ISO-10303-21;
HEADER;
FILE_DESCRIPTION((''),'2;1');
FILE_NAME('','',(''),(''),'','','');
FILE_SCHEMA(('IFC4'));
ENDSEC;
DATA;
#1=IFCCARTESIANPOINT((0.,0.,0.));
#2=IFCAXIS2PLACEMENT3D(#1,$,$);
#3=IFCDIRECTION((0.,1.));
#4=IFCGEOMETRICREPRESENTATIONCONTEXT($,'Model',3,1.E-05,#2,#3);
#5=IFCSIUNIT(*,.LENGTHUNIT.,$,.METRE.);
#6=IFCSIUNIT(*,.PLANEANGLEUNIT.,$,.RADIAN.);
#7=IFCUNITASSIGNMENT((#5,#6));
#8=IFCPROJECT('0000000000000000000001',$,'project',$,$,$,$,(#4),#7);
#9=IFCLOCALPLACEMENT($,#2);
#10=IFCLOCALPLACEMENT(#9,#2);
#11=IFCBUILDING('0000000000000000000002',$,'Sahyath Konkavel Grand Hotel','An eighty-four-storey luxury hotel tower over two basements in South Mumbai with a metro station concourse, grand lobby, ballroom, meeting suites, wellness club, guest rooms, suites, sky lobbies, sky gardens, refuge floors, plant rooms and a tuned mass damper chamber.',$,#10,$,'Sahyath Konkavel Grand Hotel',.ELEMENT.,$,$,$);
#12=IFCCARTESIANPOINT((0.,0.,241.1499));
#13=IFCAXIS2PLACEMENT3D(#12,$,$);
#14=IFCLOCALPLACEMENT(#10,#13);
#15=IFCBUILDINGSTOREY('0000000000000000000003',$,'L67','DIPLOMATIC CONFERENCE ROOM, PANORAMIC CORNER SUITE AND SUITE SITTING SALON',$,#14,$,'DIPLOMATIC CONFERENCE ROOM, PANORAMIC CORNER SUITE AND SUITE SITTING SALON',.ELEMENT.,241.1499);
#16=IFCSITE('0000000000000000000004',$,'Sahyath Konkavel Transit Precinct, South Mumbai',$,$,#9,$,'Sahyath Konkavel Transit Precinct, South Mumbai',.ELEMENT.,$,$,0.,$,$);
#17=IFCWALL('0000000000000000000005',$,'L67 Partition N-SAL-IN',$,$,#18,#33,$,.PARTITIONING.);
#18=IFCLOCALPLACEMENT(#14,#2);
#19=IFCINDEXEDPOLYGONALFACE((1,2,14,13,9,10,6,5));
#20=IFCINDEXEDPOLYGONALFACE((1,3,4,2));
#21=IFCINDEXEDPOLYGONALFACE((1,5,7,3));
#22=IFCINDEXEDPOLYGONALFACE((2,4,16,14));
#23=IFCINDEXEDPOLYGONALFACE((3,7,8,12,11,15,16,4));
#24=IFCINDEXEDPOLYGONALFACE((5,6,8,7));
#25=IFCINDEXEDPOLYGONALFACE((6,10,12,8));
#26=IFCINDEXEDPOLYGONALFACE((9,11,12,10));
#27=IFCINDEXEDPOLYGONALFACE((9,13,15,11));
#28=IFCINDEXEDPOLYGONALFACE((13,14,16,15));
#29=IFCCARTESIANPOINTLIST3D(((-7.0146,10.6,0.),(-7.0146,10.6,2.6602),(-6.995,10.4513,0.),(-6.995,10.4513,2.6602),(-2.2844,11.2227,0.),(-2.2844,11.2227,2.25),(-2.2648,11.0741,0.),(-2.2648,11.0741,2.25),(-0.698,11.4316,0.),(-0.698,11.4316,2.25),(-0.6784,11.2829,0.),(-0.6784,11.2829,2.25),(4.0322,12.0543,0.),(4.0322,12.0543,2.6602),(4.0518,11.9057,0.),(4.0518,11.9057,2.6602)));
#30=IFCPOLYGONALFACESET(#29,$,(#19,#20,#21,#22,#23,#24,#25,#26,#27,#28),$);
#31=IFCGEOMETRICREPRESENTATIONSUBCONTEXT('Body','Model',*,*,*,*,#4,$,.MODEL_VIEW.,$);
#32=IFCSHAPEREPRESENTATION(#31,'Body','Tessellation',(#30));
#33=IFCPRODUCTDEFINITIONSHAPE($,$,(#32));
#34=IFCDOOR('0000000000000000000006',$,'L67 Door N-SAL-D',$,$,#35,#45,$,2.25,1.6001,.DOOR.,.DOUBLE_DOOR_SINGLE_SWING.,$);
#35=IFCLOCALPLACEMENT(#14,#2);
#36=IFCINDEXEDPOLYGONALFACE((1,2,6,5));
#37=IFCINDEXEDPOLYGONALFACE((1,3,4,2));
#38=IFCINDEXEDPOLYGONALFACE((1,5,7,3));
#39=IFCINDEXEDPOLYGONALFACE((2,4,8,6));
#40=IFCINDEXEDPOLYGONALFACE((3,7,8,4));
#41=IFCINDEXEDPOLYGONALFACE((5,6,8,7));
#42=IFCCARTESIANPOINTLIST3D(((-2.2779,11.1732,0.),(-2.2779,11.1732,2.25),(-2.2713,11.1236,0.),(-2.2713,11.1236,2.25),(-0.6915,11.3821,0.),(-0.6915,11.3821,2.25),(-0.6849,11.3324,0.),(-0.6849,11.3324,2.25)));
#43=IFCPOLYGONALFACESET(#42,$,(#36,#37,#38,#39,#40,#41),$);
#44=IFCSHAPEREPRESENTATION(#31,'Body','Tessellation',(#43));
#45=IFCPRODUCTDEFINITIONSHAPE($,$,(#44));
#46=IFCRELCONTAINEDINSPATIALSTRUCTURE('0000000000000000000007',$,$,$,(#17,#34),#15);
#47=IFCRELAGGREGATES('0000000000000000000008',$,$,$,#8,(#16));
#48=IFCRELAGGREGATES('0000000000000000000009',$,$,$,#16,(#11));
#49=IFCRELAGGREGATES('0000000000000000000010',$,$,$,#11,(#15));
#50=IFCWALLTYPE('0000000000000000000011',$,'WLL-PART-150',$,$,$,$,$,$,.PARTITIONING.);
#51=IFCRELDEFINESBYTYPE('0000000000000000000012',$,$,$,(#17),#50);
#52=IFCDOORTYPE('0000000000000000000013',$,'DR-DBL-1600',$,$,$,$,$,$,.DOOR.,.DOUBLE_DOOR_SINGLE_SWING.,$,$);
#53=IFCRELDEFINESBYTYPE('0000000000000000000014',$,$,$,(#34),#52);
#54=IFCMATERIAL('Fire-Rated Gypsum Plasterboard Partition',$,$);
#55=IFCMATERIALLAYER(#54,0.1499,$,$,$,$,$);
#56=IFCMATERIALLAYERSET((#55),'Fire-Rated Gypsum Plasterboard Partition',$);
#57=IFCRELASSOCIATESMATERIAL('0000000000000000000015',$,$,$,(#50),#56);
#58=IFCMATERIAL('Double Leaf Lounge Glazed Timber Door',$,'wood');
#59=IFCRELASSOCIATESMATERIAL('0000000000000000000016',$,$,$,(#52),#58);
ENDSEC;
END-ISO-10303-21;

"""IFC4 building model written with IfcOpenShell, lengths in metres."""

from ifc_helpers import new_model, si_unit, direction, frame, frame_2d, origin, origin_2d, place, context, subcontext, project, spatial, rectangle, extrude, source, transform, mapped, material, layer, layer_set, type_object, element, fill, save


model = new_model("IFC4")

# Units and contexts
model_context = context("Model", 3, precision=1e-05, world=origin(), true_north=direction((0.0, 1.0)))
body_context = subcontext(model_context, "Body", "Model", "MODEL_VIEW")
ifc_project = project(units=[si_unit("LENGTHUNIT", "METRE"), si_unit("PLANEANGLEUNIT", "RADIAN")], contexts=[model_context])

# Site, building, storey
site_placement = place(None, origin())
site = spatial("IfcSite", under=ifc_project, at=site_placement, Name="Sahyath Konkavel Transit Precinct, South Mumbai", LongName="Sahyath Konkavel Transit Precinct, South Mumbai", CompositionType="ELEMENT", RefElevation=0.0)
building_placement = place(site_placement, origin())
building = spatial("IfcBuilding", under=site, at=building_placement, Name="Sahyath Konkavel Grand Hotel", Description="An eighty-four-storey luxury hotel tower over two basements in South Mumbai with a metro station concourse, grand lobby, ballroom, meeting suites, wellness club, guest rooms, suites, sky lobbies, sky gardens, refuge floors, plant rooms and a tuned mass damper chamber.", LongName="Sahyath Konkavel Grand Hotel", CompositionType="ELEMENT")
storey_placement = place(building_placement, frame((0.0, 0.0, 241.1499)))
storey = spatial("IfcBuildingStorey", under=building, at=storey_placement, Name="L67", Description="DIPLOMATIC CONFERENCE ROOM, PANORAMIC CORNER SUITE AND SUITE SITTING SALON", LongName="DIPLOMATIC CONFERENCE ROOM, PANORAMIC CORNER SUITE AND SUITE SITTING SALON", CompositionType="ELEMENT", Elevation=241.1499)

# Wall, opening, door
ifc_material_1 = material(Name="Fire-Rated Gypsum Plasterboard Partition")
ifc_layer_1 = layer(ifc_material_1, 0.1499)
ifc_layer_set_1 = layer_set([ifc_layer_1], Name="Fire-Rated Gypsum Plasterboard Partition")
wall_type_1 = type_object("IfcWallType", Name="WLL-PART-150", PredefinedType="PARTITIONING", material=ifc_layer_set_1)
wall_1_placement = place(storey_placement, frame((4.042, 11.98, 0.0), z_axis=(0.0, 0.0, 1.0), x_axis=(-0.991445, -0.130526, 0.0)))
wall_1 = element("IfcWall", 1, at=wall_1_placement, inside=storey, type_object=wall_type_1, Name="L67 Partition N-SAL-IN", PredefinedType="PARTITIONING", context=body_context, shape_type="SweptSolid", body=[
    extrude(rectangle(XDim=11.1421, YDim=0.1499, at=frame_2d((5.571, 0.0))), origin(), (0.0, 0.0, 1.0), 2.6602),
])
opening_placement = place(wall_1_placement, frame((4.771, 0.0, 0.0)))
opening = element("IfcOpeningElement", 2, at=opening_placement, cuts=wall_1, PredefinedType="OPENING", context=body_context, shape_type="SweptSolid", body=[
    extrude(rectangle(XDim=1.6001, YDim=2.25, at=frame_2d((0.8, 1.125))), frame((0.0, 0.085, 0.0), z_axis=(0.0, -1.0, 0.0), x_axis=(1.0, 0.0, 0.0)), (0.0, 0.0, 1.0), 0.1699),
])
ifc_material_2 = material(Name="Double Leaf Lounge Glazed Timber Door", Category="wood")
door_type = type_object("IfcDoorType", Name="DR-DBL-1600", OperationType="DOUBLE_DOOR_SINGLE_SWING", PredefinedType="DOOR", material=ifc_material_2)
shared_shape_1 = source(origin(), body_context, "Body", "SweptSolid", [
    extrude(rectangle(XDim=1.6001, YDim=0.05, at=origin_2d()), origin(), (0.0, 0.0, 1.0), 2.25),
])
door_placement = place(opening_placement, frame((0.8, 0.0, 0.0)))
door = element("IfcDoor", 3, at=door_placement, inside=storey, type_object=door_type, Name="L67 Door N-SAL-D", OperationType="DOUBLE_DOOR_SINGLE_SWING", OverallHeight=2.25, OverallWidth=1.6001, PredefinedType="DOOR", context=body_context, shape_type="MappedRepresentation", body=[
    mapped(shared_shape_1, transform((0.0, 0.0, 0.0), scale=1.0)),
])
fill(opening, door)

save(model, "model.ifc")
